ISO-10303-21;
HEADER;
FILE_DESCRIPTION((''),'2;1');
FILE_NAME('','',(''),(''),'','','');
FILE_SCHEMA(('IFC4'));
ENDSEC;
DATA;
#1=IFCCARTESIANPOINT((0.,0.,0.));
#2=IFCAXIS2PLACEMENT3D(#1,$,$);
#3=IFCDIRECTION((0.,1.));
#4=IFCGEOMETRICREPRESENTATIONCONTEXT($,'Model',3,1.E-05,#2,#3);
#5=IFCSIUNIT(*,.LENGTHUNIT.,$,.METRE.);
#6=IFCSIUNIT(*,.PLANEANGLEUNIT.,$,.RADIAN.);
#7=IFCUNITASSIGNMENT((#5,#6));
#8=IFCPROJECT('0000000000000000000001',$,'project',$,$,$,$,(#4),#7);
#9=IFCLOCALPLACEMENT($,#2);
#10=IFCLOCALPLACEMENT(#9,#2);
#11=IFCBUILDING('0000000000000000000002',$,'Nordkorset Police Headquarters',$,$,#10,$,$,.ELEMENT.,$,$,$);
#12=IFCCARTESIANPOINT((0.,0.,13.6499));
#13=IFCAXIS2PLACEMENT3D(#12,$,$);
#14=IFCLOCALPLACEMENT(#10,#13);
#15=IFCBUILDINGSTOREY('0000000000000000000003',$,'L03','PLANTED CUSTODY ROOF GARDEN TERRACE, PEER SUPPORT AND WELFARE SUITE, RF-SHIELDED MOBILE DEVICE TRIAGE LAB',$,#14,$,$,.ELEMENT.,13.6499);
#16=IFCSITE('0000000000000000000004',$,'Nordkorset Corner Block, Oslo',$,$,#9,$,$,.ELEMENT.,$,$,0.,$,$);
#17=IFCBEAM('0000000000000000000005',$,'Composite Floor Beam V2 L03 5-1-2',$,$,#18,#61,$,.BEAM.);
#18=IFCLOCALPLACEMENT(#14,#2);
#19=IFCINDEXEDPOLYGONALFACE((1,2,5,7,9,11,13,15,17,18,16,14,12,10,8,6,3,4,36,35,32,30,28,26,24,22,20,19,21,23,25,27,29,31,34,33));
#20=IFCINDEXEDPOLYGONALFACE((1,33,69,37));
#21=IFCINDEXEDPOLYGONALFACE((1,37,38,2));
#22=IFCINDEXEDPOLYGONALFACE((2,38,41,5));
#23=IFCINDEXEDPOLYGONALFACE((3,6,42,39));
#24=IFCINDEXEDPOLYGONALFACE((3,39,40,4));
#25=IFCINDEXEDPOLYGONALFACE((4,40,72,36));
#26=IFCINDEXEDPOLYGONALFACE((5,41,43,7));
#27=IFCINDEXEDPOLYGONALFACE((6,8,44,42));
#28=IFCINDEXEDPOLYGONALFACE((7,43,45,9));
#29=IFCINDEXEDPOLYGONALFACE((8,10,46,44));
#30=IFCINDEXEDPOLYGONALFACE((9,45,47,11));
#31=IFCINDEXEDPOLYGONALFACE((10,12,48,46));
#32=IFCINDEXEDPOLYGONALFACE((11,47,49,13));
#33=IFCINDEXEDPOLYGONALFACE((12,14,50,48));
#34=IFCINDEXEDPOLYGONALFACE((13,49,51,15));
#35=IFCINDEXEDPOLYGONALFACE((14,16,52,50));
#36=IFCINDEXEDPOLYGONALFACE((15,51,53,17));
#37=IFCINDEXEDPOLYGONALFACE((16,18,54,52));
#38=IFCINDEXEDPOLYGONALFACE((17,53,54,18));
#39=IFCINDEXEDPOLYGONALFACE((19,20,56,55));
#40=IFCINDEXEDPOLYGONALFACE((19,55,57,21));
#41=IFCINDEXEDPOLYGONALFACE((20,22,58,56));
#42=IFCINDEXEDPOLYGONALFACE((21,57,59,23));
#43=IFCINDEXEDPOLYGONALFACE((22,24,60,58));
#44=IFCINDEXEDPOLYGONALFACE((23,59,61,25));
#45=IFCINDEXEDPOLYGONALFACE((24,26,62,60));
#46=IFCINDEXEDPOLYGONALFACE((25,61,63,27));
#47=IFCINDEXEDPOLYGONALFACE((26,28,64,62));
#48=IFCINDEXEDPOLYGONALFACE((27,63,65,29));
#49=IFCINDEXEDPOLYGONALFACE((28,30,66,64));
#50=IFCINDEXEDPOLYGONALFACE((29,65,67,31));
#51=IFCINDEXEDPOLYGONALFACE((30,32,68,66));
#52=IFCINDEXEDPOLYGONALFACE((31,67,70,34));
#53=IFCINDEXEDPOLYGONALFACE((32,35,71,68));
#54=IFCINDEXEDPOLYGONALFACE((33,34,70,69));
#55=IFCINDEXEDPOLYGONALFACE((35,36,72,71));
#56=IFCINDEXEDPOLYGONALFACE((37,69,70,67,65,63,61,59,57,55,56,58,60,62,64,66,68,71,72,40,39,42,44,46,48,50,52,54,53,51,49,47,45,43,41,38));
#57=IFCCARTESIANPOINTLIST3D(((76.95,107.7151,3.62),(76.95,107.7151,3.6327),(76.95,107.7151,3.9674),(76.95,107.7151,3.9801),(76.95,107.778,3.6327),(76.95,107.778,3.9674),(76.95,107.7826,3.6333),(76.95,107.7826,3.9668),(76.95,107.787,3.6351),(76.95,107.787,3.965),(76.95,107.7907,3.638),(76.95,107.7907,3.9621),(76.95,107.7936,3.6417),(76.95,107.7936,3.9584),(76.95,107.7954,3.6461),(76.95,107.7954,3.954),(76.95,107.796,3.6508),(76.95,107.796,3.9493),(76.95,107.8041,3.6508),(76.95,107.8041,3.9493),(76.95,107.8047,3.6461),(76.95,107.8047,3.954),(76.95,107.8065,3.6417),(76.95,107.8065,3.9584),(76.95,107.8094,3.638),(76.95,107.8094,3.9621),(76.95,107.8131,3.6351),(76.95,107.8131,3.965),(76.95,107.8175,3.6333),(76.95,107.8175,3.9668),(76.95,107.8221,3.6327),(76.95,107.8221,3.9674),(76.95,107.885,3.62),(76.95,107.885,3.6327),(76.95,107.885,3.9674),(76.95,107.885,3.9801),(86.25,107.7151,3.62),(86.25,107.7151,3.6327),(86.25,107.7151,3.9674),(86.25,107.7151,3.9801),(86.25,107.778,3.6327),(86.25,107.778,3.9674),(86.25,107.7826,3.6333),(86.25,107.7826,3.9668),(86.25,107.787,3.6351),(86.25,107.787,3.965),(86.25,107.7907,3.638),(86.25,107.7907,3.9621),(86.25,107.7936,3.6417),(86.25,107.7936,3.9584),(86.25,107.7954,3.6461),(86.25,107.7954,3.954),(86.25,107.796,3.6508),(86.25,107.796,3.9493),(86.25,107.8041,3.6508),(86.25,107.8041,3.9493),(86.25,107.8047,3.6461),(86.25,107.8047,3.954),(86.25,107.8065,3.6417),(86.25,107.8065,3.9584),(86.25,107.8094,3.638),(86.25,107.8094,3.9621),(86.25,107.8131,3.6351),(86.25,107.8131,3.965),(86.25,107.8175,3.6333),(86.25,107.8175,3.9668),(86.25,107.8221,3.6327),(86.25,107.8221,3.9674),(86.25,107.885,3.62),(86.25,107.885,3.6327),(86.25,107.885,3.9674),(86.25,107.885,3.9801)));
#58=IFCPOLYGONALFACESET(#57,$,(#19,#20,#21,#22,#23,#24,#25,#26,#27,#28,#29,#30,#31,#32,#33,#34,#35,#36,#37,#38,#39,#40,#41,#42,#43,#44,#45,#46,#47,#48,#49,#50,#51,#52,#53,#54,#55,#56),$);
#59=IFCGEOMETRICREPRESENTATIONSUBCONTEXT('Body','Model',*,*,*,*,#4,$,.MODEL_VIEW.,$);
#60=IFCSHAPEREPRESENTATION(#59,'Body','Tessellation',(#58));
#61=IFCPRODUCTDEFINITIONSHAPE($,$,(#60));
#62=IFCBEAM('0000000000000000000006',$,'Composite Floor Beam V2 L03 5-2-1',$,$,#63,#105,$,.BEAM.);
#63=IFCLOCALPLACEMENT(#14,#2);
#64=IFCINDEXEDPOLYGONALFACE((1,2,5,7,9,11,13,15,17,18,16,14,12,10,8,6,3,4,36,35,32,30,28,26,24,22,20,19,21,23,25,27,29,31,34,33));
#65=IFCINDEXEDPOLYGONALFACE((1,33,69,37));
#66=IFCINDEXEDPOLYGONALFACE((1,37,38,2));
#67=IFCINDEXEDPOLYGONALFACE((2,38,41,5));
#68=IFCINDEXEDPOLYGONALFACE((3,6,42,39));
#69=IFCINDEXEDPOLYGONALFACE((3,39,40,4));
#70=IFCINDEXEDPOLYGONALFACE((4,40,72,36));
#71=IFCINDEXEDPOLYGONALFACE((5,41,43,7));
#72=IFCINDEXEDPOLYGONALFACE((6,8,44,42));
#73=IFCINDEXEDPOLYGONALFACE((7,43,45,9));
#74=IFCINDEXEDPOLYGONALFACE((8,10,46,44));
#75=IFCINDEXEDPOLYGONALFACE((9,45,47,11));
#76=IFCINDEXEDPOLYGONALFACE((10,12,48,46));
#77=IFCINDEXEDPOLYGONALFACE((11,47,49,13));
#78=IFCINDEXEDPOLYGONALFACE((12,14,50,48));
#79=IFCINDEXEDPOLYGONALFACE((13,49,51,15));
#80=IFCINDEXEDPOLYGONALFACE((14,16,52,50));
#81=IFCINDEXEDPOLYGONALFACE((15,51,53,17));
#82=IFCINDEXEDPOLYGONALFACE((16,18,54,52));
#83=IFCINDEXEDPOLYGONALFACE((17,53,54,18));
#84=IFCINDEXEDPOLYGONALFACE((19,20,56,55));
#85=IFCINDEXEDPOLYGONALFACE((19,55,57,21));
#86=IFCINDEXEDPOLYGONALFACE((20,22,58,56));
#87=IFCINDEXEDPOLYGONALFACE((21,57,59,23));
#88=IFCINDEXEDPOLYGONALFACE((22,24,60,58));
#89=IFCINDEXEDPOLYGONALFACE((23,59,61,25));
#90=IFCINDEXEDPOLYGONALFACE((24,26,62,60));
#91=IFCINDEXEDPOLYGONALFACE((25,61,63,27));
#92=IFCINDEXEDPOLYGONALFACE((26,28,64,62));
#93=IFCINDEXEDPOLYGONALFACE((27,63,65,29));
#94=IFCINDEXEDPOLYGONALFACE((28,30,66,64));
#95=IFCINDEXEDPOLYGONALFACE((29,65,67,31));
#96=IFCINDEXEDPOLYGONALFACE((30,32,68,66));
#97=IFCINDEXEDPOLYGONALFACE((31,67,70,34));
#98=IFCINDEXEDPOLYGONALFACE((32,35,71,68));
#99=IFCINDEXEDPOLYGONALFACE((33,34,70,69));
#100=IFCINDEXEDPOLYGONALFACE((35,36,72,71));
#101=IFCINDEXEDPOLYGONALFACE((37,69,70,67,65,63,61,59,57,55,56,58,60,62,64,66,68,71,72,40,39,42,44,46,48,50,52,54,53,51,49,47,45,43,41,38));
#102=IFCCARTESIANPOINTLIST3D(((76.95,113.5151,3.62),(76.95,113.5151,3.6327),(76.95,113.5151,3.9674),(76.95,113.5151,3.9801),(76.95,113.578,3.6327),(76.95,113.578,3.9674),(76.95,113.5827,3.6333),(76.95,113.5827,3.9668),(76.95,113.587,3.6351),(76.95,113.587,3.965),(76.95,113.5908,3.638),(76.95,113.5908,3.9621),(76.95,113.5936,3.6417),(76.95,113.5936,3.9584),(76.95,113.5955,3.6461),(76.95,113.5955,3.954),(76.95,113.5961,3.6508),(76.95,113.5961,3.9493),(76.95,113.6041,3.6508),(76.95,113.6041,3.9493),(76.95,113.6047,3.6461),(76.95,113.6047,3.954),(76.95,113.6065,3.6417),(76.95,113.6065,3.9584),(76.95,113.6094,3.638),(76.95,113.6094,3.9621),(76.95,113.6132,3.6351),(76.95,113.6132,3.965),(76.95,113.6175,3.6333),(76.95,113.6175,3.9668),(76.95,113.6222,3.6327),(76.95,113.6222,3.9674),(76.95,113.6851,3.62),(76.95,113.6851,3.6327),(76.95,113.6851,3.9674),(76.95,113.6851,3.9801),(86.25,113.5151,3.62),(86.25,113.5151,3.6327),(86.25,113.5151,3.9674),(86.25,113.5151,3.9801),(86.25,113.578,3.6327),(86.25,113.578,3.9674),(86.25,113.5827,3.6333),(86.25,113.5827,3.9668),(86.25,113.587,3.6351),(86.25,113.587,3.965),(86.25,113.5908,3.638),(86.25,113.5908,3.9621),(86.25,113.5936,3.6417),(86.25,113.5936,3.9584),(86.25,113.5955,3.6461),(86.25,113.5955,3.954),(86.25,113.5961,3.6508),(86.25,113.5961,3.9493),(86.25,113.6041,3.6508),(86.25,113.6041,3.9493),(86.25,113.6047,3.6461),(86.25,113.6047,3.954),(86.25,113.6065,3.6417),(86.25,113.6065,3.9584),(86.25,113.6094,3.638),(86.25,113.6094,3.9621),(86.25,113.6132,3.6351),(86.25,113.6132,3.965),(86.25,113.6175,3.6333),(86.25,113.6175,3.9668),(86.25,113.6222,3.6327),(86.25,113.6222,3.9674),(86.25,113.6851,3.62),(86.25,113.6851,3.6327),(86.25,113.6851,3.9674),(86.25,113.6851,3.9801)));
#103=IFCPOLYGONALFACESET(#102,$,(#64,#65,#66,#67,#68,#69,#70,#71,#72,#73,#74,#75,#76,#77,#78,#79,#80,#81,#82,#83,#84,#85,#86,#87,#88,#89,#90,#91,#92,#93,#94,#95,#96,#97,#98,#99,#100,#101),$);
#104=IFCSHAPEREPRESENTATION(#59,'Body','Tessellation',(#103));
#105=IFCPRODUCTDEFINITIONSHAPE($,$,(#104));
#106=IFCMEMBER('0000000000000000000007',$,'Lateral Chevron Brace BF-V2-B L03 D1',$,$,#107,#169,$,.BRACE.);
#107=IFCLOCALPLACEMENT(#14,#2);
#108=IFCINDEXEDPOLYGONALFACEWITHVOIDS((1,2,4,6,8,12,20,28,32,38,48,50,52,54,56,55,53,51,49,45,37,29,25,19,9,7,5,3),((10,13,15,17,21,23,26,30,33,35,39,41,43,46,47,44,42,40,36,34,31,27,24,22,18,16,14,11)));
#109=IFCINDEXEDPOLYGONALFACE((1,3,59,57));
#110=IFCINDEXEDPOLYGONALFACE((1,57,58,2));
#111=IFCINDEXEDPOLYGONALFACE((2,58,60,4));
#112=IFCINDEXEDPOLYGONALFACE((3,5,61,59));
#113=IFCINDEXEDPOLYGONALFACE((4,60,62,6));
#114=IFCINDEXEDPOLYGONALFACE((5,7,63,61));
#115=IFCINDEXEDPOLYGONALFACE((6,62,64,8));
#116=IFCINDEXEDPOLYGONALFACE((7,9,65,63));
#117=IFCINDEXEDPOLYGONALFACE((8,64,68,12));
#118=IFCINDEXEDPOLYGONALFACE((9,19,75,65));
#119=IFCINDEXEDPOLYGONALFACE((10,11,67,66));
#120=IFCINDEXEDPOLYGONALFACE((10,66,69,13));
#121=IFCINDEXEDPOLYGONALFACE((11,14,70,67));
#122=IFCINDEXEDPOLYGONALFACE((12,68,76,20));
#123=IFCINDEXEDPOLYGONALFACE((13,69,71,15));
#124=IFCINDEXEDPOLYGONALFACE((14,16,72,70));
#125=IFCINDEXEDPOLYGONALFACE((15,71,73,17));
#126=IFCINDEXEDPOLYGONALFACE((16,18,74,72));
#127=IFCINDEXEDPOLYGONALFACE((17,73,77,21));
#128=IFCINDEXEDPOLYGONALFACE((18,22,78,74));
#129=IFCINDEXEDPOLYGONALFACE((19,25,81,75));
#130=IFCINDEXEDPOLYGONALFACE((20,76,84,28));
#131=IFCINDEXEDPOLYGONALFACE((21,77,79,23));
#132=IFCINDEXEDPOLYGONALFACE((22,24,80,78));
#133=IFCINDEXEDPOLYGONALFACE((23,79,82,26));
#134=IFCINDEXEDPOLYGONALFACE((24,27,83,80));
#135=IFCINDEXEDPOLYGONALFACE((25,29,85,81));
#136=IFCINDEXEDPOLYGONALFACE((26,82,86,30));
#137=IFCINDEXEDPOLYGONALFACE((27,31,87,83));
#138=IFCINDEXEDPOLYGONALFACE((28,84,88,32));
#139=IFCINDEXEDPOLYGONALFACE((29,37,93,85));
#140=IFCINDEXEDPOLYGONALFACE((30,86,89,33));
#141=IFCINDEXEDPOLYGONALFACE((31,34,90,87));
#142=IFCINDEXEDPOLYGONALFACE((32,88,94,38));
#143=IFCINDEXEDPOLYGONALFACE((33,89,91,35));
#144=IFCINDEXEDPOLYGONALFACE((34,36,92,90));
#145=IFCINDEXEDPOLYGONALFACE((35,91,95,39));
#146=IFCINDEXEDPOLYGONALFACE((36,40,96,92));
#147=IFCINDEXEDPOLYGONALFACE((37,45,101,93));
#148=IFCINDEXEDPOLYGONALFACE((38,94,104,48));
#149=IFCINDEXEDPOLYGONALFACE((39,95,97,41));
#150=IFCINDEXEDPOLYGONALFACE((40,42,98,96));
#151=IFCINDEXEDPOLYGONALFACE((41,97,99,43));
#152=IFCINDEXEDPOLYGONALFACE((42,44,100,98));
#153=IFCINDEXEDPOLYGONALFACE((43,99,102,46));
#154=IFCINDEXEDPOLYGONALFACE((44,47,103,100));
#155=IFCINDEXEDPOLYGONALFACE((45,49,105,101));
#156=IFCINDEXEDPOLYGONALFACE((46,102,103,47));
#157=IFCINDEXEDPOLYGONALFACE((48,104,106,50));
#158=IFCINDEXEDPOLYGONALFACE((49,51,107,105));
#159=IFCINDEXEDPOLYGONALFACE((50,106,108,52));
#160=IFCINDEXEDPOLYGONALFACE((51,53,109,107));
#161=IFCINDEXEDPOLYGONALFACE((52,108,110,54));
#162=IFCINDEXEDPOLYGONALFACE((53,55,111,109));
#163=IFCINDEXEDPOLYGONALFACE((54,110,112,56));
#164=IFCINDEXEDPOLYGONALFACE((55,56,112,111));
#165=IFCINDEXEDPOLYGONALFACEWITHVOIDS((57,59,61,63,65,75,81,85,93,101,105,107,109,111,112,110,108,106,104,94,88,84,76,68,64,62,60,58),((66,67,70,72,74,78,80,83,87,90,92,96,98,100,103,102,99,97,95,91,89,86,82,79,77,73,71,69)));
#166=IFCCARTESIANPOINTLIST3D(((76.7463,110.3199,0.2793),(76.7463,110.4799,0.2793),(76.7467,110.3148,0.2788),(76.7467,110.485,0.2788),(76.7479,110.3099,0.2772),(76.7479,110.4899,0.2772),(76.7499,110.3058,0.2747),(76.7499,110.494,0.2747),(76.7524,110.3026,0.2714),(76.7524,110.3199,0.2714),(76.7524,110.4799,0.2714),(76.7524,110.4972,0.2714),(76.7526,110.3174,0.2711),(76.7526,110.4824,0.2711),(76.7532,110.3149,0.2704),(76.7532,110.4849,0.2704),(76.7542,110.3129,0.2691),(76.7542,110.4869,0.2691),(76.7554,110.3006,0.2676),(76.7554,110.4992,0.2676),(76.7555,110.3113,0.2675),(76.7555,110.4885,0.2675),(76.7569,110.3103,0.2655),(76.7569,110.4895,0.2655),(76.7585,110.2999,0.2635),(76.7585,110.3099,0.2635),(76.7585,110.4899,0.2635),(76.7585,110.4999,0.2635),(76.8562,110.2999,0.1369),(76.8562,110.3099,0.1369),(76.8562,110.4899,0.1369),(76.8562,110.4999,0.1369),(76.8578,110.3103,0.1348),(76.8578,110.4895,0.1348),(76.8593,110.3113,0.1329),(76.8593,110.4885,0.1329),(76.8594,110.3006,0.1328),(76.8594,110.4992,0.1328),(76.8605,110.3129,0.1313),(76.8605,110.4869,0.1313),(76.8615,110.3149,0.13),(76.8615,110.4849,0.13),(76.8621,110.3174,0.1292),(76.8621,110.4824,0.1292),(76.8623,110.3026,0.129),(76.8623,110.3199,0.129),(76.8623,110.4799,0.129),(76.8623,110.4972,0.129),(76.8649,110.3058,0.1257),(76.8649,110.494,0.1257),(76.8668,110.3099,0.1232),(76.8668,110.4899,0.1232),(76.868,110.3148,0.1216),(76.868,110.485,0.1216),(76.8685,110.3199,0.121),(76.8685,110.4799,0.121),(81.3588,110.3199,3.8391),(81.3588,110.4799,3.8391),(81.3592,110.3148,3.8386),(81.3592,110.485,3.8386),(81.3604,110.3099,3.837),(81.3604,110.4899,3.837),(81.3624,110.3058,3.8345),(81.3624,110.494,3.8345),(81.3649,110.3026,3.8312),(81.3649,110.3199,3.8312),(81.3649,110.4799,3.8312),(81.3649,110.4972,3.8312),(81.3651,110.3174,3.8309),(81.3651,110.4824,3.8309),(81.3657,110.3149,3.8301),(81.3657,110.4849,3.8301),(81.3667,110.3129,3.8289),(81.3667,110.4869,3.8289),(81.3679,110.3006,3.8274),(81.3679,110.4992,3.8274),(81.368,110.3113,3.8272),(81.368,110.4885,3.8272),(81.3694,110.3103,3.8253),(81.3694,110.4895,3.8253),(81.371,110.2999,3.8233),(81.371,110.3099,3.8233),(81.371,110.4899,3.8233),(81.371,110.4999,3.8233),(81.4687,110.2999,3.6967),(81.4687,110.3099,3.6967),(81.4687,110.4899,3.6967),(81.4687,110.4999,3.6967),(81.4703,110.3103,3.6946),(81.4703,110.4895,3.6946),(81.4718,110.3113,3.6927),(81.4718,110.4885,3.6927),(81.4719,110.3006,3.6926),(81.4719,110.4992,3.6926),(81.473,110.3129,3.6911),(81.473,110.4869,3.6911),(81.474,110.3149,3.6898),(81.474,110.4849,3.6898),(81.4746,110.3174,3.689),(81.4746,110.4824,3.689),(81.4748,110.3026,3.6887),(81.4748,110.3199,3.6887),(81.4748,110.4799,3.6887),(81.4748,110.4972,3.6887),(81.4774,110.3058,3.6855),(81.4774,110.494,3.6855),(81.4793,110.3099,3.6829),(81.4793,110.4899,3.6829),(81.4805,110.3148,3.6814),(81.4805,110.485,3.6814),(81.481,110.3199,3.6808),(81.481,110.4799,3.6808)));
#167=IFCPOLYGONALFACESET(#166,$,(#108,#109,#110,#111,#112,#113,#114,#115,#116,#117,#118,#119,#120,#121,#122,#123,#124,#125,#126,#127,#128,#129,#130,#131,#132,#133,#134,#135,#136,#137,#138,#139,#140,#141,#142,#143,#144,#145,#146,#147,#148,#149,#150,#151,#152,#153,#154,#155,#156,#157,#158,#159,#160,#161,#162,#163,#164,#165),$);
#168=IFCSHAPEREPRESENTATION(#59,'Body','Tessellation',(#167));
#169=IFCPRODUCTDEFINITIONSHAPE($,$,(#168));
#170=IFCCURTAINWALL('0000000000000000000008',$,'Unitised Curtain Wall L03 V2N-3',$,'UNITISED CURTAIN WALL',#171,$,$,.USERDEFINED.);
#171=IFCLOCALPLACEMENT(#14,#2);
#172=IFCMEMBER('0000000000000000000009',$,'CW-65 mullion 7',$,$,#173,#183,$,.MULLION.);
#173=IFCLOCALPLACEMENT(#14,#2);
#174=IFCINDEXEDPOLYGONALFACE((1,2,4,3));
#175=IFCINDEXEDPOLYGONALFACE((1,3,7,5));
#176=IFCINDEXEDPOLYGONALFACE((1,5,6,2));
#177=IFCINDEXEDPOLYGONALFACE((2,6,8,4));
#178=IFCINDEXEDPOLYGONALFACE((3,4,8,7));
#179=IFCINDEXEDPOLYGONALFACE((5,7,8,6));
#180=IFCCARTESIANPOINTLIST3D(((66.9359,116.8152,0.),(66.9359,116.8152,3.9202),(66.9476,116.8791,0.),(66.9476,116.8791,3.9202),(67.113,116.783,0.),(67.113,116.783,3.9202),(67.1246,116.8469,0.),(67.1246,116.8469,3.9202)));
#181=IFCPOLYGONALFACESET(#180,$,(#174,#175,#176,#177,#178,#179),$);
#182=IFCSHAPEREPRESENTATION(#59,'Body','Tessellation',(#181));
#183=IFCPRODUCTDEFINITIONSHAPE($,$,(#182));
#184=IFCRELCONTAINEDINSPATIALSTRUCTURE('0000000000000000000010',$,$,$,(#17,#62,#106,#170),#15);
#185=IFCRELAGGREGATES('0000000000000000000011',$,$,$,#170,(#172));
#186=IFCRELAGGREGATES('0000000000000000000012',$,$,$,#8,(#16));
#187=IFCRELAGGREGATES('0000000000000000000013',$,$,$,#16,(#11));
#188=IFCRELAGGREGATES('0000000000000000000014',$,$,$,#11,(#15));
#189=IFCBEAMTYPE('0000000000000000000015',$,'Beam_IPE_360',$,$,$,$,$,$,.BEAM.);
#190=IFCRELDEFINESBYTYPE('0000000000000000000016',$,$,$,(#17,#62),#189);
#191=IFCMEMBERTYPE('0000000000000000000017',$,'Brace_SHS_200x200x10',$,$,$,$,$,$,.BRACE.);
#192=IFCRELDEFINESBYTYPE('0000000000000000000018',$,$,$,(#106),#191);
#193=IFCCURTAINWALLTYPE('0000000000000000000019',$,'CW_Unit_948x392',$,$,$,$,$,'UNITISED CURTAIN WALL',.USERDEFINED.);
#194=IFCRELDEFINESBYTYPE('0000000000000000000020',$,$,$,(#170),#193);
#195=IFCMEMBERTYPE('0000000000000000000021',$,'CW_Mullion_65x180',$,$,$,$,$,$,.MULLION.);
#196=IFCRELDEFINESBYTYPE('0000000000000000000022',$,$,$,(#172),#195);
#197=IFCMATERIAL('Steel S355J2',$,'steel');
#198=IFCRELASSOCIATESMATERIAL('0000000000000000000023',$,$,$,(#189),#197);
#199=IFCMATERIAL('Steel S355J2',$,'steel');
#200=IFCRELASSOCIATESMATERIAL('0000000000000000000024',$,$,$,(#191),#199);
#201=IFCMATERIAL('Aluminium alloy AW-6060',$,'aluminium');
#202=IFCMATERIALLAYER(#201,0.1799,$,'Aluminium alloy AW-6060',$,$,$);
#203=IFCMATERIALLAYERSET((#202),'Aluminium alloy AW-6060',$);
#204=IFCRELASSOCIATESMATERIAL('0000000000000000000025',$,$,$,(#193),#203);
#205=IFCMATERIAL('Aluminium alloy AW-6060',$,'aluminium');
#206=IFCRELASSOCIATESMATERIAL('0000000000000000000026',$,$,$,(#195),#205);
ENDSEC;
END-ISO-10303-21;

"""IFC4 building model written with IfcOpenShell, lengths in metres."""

from ifc_helpers import new_model, si_unit, direction, frame, origin, origin_2d, place, context, subcontext, project, spatial, rectangle, hollow_rectangle, i_section, extrude, material, layer, layer_set, material_profile, profile_set, type_object, element, aggregate, save


model = new_model("IFC4")

# Units and contexts
model_context = context("Model", 3, precision=1e-05, world=origin(), true_north=direction((0.0, 1.0)))
body_context = subcontext(model_context, "Body", "Model", "MODEL_VIEW")
ifc_project = project(units=[si_unit("LENGTHUNIT", "METRE"), si_unit("PLANEANGLEUNIT", "RADIAN")], contexts=[model_context])

# Site, building, storey
site_placement = place(None, origin())
site = spatial("IfcSite", under=ifc_project, at=site_placement, Name="Nordkorset Corner Block, Oslo", CompositionType="ELEMENT", RefElevation=0.0)
building_placement = place(site_placement, origin())
building = spatial("IfcBuilding", under=site, at=building_placement, Name="Nordkorset Police Headquarters", CompositionType="ELEMENT")
storey_placement = place(building_placement, frame((0.0, 0.0, 13.6499)))
storey = spatial("IfcBuildingStorey", under=building, at=storey_placement, Name="L03", Description="PLANTED CUSTODY ROOF GARDEN TERRACE, PEER SUPPORT AND WELFARE SUITE, RF-SHIELDED MOBILE DEVICE TRIAGE LAB", CompositionType="ELEMENT", Elevation=13.6499)

# Beams
ifc_material_1 = material(Name="Steel S355J2", Category="steel")
ifc_material_profile_1 = material_profile(ifc_material_1, i_section(OverallWidth=0.1699, OverallDepth=0.3601, WebThickness=0.0081, FlangeThickness=0.0127, FilletRadius=0.0181, at=origin_2d()), Name="IPE 360")
ifc_profile_set_1 = profile_set([ifc_material_profile_1], Name="Steel S355J2")
beam_type_1 = type_object("IfcBeamType", Name="Beam_IPE_360", PredefinedType="BEAM", material=ifc_profile_set_1)
for number, where, z_axis, x_axis, name in (
    (1, (76.95, 107.8, 3.8), (1.0, 0.0, 0.0), (0.0, 1.0, 0.0), "Composite Floor Beam V2 L03 5-1-2"),
    (2, (76.95, 113.6001, 3.8), (1.0, 0.0, 0.0), (0.0, 1.0, 0.0), "Composite Floor Beam V2 L03 5-2-1"),
):
    element("IfcBeam", number, at=place(storey_placement, frame(where, z_axis=z_axis, x_axis=x_axis)), inside=storey, type_object=beam_type_1, Name=name, PredefinedType="BEAM", context=body_context, shape_type="SweptSolid", body=[
        extrude(i_section(OverallWidth=0.1699, OverallDepth=0.3601, WebThickness=0.0081, FlangeThickness=0.0127, FilletRadius=0.0181, at=origin_2d()), origin(), (0.0, 0.0, 1.0), 9.3),
    ])

# Member
ifc_material_2 = material(Name="Steel S355J2", Category="steel")
ifc_material_profile_2 = material_profile(ifc_material_2, hollow_rectangle(XDim=0.2, YDim=0.2, WallThickness=0.01, InnerFilletRadius=0.01, OuterFilletRadius=0.02, at=origin_2d()), Name="SHS 200x200x10")
ifc_profile_set_2 = profile_set([ifc_material_profile_2], Name="Steel S355J2")
member_type_1 = type_object("IfcMemberType", Name="Brace_SHS_200x200x10", PredefinedType="BRACE", material=ifc_profile_set_2)
member_1_placement = place(storey_placement, frame((76.8074, 110.3999, 0.2002), z_axis=(0.791653, 0.0, 0.610972), x_axis=(0.0, 1.0, 0.0)))
element("IfcMember", 3, at=member_1_placement, inside=storey, type_object=member_type_1, Name="Lateral Chevron Brace BF-V2-B L03 D1", PredefinedType="BRACE", context=body_context, shape_type="SweptSolid", body=[
    extrude(hollow_rectangle(XDim=0.2, YDim=0.2, WallThickness=0.01, InnerFilletRadius=0.01, OuterFilletRadius=0.02, at=origin_2d()), origin(), (0.0, 0.0, 1.0), 5.8264),
])

# Curtain wall, member
ifc_material_3 = material(Name="Aluminium alloy AW-6060", Category="aluminium")
ifc_layer_1 = layer(ifc_material_3, 0.1799, Name="Aluminium alloy AW-6060")
ifc_layer_set_1 = layer_set([ifc_layer_1], Name="Aluminium alloy AW-6060")
curtain_wall_type = type_object("IfcCurtainWallType", Name="CW_Unit_948x392", ElementType="UNITISED CURTAIN WALL", PredefinedType="USERDEFINED", material=ifc_layer_set_1)
curtain_wall_placement = place(storey_placement, origin())
curtain_wall = element("IfcCurtainWall", 4, at=curtain_wall_placement, inside=storey, type_object=curtain_wall_type, Name="Unitised Curtain Wall L03 V2N-3", ObjectType="UNITISED CURTAIN WALL", PredefinedType="USERDEFINED")
ifc_material_4 = material(Name="Aluminium alloy AW-6060", Category="aluminium")
ifc_material_profile_3 = material_profile(ifc_material_4, rectangle(XDim=0.0649, YDim=0.1799, at=origin_2d()), Name="ALU MULL 65x180")
ifc_profile_set_3 = profile_set([ifc_material_profile_3], Name="Aluminium alloy AW-6060")
member_type_2 = type_object("IfcMemberType", Name="CW_Mullion_65x180", PredefinedType="MULLION", material=ifc_profile_set_3)
member_2_placement = place(storey_placement, frame((67.0303, 116.8311, 0.0), z_axis=(0.0, 0.0, 1.0), x_axis=(0.179336, 0.983788, 0.0)))
member_2 = element("IfcMember", 5, at=member_2_placement, type_object=member_type_2, Name="CW-65 mullion 7", PredefinedType="MULLION", context=body_context, shape_type="SweptSolid", body=[
    extrude(rectangle(XDim=0.0649, YDim=0.1799, at=origin_2d()), origin(), (0.0, 0.0, 1.0), 3.9202),
])
aggregate(curtain_wall, [member_2])

save(model, "model.ifc")
